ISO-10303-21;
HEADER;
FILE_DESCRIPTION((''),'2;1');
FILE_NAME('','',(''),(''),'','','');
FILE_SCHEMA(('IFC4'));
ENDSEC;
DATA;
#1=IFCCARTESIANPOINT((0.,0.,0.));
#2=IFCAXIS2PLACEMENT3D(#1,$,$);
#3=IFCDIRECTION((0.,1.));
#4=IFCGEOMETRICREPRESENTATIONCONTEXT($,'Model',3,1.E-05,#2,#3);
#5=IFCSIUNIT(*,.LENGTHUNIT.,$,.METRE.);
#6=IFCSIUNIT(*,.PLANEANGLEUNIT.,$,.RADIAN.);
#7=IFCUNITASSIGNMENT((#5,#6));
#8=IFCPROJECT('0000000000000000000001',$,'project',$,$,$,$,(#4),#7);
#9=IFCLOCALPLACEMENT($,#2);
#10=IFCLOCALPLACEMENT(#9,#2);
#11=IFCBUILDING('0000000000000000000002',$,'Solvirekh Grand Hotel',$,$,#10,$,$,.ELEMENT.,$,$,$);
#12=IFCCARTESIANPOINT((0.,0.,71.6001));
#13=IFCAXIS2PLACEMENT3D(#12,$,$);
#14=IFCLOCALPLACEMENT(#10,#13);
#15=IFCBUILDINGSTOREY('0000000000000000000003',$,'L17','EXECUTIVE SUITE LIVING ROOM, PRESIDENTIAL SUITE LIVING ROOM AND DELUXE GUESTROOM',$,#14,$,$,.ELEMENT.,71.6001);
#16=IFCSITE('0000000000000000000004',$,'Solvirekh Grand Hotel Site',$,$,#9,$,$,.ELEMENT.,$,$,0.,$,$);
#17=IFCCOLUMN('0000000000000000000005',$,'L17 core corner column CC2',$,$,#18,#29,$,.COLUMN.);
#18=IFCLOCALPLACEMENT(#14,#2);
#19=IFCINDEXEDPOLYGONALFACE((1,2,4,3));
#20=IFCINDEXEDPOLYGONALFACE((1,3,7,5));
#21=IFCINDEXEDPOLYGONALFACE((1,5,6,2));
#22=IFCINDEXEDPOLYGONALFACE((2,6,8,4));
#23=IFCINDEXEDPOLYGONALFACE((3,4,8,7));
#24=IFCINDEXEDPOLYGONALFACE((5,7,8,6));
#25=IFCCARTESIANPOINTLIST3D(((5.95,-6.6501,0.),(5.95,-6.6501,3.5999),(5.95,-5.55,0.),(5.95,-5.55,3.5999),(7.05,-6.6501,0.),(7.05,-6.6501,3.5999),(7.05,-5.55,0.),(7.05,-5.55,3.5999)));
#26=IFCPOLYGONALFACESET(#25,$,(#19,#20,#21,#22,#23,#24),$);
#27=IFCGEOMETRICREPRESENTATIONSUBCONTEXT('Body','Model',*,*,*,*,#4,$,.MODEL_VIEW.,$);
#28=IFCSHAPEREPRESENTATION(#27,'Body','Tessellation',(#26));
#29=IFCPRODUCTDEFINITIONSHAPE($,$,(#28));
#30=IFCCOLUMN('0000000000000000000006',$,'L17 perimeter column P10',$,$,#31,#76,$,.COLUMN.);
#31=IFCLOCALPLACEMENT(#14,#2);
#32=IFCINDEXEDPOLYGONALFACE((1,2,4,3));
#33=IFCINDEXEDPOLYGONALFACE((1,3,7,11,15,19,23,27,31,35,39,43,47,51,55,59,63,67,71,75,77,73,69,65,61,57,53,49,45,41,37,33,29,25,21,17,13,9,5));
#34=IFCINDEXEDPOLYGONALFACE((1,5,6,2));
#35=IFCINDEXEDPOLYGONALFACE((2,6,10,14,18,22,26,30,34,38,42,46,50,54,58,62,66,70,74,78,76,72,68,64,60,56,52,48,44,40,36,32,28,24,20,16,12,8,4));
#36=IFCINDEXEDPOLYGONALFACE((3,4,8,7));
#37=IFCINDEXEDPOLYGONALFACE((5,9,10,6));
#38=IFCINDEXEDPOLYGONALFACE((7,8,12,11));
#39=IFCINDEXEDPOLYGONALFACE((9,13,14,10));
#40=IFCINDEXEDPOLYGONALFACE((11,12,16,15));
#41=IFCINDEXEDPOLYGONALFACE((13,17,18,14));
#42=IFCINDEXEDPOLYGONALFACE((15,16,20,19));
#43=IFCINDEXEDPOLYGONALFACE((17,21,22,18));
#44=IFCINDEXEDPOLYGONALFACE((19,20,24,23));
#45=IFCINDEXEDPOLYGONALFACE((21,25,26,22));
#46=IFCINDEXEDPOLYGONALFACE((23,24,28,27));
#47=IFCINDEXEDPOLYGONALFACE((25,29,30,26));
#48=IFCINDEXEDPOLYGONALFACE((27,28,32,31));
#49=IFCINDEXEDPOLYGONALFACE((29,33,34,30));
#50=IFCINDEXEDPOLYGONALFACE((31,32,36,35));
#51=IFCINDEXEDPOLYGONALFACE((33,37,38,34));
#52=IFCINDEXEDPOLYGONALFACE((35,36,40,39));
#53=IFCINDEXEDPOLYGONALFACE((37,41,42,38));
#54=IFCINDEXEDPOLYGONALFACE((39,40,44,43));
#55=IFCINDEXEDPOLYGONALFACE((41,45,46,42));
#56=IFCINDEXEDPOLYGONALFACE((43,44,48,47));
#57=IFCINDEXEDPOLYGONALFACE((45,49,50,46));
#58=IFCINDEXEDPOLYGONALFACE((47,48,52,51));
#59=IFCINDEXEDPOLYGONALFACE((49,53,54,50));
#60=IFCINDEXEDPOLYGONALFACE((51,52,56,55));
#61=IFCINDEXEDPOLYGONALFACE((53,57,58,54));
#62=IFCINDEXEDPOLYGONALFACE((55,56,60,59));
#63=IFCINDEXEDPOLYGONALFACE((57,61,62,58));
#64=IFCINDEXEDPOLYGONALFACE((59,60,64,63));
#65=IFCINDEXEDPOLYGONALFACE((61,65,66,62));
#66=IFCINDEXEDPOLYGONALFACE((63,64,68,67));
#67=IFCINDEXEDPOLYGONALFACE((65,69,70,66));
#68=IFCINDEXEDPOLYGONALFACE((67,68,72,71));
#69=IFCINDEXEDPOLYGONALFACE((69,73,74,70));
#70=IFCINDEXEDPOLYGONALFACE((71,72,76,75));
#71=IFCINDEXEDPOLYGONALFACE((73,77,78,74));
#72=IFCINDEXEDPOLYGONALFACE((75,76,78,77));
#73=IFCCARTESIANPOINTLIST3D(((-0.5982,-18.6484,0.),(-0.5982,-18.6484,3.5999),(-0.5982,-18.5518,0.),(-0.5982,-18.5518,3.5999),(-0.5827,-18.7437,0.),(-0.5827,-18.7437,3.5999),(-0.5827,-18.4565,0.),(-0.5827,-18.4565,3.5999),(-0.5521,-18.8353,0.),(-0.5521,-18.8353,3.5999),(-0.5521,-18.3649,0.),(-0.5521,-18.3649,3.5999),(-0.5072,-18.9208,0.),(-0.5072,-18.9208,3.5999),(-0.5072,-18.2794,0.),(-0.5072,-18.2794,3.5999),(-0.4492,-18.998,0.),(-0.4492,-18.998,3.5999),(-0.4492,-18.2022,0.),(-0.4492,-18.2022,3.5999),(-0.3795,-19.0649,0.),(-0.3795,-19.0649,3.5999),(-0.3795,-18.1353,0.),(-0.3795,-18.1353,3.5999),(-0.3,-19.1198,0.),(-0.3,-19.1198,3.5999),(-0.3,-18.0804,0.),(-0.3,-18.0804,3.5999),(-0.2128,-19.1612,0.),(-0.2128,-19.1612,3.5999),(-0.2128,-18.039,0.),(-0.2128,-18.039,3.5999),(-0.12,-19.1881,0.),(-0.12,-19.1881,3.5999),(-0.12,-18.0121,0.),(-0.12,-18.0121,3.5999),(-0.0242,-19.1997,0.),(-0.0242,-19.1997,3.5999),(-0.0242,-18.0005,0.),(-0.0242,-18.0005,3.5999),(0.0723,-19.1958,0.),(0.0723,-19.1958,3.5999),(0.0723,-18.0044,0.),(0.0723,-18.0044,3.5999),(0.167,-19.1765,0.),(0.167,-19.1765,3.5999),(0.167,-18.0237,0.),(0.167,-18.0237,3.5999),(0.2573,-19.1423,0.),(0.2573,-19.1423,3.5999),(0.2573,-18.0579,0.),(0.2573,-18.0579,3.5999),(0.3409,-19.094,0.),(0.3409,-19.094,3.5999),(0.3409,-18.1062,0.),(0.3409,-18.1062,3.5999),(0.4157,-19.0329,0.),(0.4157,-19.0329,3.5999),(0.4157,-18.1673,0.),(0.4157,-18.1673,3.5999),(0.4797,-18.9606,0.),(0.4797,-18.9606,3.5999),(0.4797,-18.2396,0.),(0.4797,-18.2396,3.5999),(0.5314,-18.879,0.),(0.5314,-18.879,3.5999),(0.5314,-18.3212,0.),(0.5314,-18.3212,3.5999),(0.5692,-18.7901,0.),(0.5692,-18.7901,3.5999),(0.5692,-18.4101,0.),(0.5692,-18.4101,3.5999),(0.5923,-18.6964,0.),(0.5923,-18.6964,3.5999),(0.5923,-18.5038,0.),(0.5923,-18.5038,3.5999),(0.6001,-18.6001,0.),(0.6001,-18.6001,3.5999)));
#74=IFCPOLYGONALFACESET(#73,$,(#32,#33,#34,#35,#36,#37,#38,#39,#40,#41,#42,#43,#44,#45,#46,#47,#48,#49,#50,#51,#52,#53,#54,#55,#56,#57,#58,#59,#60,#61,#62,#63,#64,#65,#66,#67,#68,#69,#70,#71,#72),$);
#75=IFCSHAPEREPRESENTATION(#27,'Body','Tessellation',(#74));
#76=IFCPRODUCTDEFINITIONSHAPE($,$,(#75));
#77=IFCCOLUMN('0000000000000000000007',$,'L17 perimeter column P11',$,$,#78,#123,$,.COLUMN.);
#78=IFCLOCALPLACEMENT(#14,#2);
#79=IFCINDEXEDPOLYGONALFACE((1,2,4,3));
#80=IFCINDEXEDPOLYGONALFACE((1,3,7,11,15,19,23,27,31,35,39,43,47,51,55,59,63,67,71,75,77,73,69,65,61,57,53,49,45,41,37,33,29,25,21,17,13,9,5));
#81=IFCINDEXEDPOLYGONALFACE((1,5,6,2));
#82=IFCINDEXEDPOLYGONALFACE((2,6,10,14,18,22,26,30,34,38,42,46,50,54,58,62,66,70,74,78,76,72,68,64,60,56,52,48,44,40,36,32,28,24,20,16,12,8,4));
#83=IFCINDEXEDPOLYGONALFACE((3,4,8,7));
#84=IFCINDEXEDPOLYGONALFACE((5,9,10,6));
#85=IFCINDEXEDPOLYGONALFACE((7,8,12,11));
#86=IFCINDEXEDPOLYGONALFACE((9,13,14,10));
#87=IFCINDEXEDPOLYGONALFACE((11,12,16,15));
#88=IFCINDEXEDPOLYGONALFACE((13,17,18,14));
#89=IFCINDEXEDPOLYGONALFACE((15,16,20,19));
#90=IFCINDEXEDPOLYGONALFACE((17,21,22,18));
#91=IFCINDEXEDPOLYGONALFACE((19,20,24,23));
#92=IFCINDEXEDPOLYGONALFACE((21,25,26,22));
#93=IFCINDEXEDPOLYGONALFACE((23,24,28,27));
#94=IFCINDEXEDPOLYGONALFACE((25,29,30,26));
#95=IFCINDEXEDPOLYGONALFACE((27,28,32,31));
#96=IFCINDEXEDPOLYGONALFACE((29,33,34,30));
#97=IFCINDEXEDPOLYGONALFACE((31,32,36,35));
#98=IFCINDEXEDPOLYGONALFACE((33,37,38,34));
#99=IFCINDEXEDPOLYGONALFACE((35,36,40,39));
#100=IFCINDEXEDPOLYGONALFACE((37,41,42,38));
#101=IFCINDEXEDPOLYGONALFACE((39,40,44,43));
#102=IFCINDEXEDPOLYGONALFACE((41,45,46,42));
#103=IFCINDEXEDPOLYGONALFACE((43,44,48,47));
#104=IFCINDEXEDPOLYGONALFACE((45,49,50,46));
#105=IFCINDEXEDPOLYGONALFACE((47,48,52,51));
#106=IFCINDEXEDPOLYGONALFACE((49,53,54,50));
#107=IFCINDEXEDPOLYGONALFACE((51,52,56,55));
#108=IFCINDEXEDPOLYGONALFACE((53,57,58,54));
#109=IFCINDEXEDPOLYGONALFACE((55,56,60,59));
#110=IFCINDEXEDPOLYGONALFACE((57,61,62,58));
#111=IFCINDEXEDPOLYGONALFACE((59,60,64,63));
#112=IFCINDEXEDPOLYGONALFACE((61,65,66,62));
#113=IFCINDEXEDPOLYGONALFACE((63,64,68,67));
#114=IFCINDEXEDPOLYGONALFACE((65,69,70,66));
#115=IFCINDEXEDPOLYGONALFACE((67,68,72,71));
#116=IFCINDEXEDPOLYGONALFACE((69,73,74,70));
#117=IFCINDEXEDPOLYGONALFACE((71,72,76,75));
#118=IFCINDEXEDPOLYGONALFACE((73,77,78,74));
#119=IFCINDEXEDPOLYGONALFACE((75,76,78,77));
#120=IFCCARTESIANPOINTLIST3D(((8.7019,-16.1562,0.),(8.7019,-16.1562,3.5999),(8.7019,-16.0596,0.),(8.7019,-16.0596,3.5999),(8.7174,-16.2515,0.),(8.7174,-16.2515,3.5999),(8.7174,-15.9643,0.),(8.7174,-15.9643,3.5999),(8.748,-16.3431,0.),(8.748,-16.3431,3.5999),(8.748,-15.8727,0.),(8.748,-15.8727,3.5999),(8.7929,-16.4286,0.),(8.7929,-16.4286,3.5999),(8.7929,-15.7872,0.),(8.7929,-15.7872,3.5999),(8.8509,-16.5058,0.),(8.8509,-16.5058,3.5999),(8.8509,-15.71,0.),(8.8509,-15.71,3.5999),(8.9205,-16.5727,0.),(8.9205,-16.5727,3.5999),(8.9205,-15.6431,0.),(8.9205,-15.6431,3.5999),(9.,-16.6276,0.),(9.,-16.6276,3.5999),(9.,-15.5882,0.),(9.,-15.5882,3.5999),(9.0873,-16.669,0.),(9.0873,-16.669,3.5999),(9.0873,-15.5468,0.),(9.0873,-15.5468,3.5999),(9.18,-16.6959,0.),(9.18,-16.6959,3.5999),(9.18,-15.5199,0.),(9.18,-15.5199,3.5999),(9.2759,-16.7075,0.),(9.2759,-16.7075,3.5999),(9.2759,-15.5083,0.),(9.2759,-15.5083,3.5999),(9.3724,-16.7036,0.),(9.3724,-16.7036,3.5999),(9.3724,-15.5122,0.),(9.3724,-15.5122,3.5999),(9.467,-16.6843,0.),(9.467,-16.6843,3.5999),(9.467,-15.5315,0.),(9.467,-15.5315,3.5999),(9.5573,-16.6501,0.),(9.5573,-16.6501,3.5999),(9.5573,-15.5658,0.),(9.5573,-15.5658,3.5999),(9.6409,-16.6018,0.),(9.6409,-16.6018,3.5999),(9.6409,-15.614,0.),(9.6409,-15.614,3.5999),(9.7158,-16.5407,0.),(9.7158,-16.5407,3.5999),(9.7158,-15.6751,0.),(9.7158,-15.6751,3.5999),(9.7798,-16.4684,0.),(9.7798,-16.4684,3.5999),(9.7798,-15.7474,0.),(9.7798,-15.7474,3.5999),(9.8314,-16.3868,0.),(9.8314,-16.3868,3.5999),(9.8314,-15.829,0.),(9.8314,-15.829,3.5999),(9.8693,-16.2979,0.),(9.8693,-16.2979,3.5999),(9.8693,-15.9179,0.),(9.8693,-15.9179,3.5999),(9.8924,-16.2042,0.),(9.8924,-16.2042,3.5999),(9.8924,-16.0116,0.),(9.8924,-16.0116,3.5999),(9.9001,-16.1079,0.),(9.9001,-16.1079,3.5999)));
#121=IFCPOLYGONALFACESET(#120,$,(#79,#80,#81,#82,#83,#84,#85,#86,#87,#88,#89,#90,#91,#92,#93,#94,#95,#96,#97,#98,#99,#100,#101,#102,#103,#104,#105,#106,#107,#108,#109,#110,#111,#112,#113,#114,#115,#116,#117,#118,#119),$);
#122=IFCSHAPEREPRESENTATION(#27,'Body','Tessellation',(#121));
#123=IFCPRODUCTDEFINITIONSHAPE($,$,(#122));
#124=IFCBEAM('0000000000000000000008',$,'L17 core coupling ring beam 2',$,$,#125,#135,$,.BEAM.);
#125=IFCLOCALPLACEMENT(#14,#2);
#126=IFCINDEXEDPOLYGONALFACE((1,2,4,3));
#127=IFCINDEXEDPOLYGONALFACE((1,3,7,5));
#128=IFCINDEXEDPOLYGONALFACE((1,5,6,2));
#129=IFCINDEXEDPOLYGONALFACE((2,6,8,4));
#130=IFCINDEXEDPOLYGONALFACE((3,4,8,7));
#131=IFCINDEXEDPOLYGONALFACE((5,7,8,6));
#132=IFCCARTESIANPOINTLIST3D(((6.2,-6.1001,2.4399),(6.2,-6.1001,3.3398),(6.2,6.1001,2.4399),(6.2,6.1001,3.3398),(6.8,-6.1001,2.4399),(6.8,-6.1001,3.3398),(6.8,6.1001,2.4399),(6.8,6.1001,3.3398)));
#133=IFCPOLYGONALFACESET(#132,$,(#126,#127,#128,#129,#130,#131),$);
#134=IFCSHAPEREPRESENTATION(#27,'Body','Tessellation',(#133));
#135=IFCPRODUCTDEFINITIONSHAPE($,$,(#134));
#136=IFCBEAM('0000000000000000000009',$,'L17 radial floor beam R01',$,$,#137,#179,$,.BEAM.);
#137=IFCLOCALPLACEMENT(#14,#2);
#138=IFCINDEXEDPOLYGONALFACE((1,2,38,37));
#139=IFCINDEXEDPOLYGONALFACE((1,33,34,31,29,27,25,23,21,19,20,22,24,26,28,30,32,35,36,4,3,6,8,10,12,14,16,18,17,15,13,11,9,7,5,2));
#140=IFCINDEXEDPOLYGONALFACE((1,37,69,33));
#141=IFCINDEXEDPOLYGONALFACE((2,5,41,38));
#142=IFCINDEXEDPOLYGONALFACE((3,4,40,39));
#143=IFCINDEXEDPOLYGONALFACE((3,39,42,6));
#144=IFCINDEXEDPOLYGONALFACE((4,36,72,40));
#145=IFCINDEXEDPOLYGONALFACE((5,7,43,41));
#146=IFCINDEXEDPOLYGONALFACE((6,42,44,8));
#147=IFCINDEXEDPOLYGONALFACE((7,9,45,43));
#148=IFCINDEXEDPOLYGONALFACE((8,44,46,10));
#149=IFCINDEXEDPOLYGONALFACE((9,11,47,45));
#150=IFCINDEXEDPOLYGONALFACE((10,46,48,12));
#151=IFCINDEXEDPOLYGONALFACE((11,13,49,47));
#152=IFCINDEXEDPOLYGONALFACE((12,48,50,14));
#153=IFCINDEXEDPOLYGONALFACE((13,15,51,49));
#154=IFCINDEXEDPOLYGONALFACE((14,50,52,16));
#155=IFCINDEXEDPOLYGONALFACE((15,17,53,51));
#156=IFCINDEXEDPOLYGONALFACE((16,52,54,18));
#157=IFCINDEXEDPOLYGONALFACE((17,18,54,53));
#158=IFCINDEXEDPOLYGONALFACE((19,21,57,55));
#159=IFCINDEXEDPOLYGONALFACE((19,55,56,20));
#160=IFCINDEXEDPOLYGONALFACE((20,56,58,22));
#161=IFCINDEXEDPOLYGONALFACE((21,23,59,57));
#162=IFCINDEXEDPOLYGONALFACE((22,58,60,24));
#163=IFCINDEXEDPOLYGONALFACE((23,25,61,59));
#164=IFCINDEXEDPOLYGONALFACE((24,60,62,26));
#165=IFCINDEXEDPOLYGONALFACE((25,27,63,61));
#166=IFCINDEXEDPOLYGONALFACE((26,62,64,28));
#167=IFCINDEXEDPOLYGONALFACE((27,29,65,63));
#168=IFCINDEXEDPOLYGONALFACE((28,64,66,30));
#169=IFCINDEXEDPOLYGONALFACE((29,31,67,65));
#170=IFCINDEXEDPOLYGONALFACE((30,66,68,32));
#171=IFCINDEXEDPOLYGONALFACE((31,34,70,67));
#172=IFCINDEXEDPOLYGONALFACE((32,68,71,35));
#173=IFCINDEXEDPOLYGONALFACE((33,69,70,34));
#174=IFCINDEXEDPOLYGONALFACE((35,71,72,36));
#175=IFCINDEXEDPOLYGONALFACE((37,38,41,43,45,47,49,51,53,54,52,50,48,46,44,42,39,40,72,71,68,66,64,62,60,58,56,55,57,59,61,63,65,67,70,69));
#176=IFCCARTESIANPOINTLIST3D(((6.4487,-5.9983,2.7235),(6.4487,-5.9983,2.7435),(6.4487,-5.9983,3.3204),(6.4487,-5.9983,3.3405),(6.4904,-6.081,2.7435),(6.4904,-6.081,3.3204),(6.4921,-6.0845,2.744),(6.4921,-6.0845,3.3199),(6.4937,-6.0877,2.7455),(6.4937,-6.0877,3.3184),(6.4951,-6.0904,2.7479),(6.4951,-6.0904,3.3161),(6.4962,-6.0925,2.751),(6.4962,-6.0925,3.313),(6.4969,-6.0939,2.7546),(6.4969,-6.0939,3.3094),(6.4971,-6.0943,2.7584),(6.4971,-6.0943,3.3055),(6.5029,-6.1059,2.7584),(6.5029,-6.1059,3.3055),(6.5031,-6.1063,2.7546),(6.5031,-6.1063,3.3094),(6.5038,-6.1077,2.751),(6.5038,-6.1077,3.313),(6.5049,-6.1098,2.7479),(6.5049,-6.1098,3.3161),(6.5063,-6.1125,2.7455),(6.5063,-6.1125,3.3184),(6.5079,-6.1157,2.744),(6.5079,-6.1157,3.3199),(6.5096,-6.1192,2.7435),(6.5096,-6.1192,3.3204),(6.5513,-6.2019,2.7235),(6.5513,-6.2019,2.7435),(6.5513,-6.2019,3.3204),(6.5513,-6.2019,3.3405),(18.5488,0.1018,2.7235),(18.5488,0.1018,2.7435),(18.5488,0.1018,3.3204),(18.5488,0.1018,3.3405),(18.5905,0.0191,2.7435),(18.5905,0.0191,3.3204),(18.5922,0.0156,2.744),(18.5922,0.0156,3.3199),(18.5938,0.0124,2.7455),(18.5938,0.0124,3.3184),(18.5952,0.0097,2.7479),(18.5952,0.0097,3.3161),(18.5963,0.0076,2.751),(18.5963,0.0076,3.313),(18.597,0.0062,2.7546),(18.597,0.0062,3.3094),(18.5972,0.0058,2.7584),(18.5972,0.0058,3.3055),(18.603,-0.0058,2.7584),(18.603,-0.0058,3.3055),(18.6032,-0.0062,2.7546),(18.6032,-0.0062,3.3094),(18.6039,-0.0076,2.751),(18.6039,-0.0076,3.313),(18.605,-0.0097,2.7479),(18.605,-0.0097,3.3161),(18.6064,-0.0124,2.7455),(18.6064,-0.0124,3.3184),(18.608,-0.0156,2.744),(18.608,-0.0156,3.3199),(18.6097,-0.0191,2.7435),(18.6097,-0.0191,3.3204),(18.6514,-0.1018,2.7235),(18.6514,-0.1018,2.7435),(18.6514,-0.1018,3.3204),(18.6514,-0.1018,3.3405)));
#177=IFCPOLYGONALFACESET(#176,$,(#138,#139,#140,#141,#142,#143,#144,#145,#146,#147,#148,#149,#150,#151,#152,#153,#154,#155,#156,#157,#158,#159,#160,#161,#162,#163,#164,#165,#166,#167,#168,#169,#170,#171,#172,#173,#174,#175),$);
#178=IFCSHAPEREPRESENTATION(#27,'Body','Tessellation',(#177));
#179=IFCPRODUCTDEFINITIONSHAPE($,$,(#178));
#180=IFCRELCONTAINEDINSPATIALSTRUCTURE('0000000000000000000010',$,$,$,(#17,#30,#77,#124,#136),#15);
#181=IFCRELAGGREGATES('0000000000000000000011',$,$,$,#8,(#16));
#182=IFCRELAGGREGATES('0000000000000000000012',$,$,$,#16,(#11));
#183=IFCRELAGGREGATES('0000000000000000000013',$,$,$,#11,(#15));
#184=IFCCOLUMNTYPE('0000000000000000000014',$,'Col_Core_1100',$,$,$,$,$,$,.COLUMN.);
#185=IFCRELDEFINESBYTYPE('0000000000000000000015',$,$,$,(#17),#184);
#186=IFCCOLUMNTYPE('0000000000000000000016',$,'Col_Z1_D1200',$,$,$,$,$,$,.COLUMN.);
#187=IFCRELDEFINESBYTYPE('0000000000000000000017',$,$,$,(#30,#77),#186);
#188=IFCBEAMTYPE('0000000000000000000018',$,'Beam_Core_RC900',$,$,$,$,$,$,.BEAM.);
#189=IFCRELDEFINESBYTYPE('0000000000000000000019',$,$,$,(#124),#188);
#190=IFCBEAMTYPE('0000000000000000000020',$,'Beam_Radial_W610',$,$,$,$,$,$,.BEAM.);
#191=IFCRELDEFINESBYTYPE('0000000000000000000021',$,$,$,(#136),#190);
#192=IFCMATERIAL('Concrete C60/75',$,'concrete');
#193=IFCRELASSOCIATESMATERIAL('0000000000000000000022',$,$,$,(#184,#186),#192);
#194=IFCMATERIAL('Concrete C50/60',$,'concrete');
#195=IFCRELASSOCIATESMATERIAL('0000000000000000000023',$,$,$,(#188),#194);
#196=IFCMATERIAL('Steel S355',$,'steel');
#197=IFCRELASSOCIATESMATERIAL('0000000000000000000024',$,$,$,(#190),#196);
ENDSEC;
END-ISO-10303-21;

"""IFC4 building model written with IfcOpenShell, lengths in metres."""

from ifc_helpers import new_model, si_unit, direction, frame, origin, origin_2d, place, context, subcontext, project, spatial, rectangle, circle, i_section, extrude, material, material_profile, profile_set, type_object, element, save


model = new_model("IFC4")

# Units and contexts
model_context = context("Model", 3, precision=1e-05, world=origin(), true_north=direction((0.0, 1.0)))
body_context = subcontext(model_context, "Body", "Model", "MODEL_VIEW")
ifc_project = project(units=[si_unit("LENGTHUNIT", "METRE"), si_unit("PLANEANGLEUNIT", "RADIAN")], contexts=[model_context])

# Site, building, storey
site_placement = place(None, origin())
site = spatial("IfcSite", under=ifc_project, at=site_placement, Name="Solvirekh Grand Hotel Site", CompositionType="ELEMENT", RefElevation=0.0)
building_placement = place(site_placement, origin())
building = spatial("IfcBuilding", under=site, at=building_placement, Name="Solvirekh Grand Hotel", CompositionType="ELEMENT")
storey_placement = place(building_placement, frame((0.0, 0.0, 71.6001)))
storey = spatial("IfcBuildingStorey", under=building, at=storey_placement, Name="L17", Description="EXECUTIVE SUITE LIVING ROOM, PRESIDENTIAL SUITE LIVING ROOM AND DELUXE GUESTROOM", CompositionType="ELEMENT", Elevation=71.6001)

# Columns
ifc_material_1 = material(Name="Concrete C60/75", Category="concrete")
ifc_material_profile_1 = material_profile(ifc_material_1, rectangle(XDim=1.1001, YDim=1.1001, at=origin_2d()), Name="RC 1100X1100")
ifc_profile_set_1 = profile_set([ifc_material_profile_1], Name="Concrete C60/75")
column_type_1 = type_object("IfcColumnType", Name="Col_Core_1100", PredefinedType="COLUMN", material=ifc_profile_set_1)
column_placement = place(storey_placement, frame((6.5, -6.1001, 0.0), z_axis=(0.0, 0.0, 1.0), x_axis=(1.0, 0.0, 0.0)))
element("IfcColumn", 1, at=column_placement, inside=storey, type_object=column_type_1, Name="L17 core corner column CC2", PredefinedType="COLUMN", context=body_context, shape_type="SweptSolid", body=[
    extrude(rectangle(XDim=1.1001, YDim=1.1001, at=origin_2d()), origin(), (0.0, 0.0, 1.0), 3.5999),
])
ifc_material_profile_2 = material_profile(ifc_material_1, circle(Radius=0.6001, at=origin_2d()), Name="RC CIRC D1200")
ifc_profile_set_2 = profile_set([ifc_material_profile_2], Name="Concrete C60/75")
column_type_2 = type_object("IfcColumnType", Name="Col_Z1_D1200", PredefinedType="COLUMN", material=ifc_profile_set_2)
for number, where, z_axis, x_axis, name in (
    (2, (0.0, -18.6001, 0.0), (0.0, 0.0, 1.0), (1.0, 0.0, 0.0), "L17 perimeter column P10"),
    (3, (9.3, -16.1079, 0.0), (0.0, 0.0, 1.0), (1.0, 0.0, 0.0), "L17 perimeter column P11"),
):
    element("IfcColumn", number, at=place(storey_placement, frame(where, z_axis=z_axis, x_axis=x_axis)), inside=storey, type_object=column_type_2, Name=name, PredefinedType="COLUMN", context=body_context, shape_type="SweptSolid", body=[
        extrude(circle(Radius=0.6001, at=origin_2d()), origin(), (0.0, 0.0, 1.0), 3.5999),
    ])

# Beams
ifc_material_2 = material(Name="Concrete C50/60", Category="concrete")
ifc_material_profile_3 = material_profile(ifc_material_2, rectangle(XDim=0.6001, YDim=0.8999, at=origin_2d()), Name="RC BEAM 600X900")
ifc_profile_set_3 = profile_set([ifc_material_profile_3], Name="Concrete C50/60")
beam_type_1 = type_object("IfcBeamType", Name="Beam_Core_RC900", PredefinedType="BEAM", material=ifc_profile_set_3)
beam_1_placement = place(storey_placement, frame((6.5, -6.1001, 2.8899), z_axis=(0.0, 1.0, 0.0), x_axis=(-1.0, 0.0, 0.0)))
element("IfcBeam", 4, at=beam_1_placement, inside=storey, type_object=beam_type_1, Name="L17 core coupling ring beam 2", PredefinedType="BEAM", context=body_context, shape_type="SweptSolid", body=[
    extrude(rectangle(XDim=0.6001, YDim=0.8999, at=origin_2d()), origin(), (0.0, 0.0, 1.0), 12.2002),
])
ifc_material_3 = material(Name="Steel S355", Category="steel")
ifc_material_profile_4 = material_profile(ifc_material_3, i_section(OverallWidth=0.228, OverallDepth=0.6169, WebThickness=0.0129, FlangeThickness=0.02, FilletRadius=0.0149, at=origin_2d()), Name="W610X140")
ifc_profile_set_4 = profile_set([ifc_material_profile_4], Name="Steel S355")
beam_type_2 = type_object("IfcBeamType", Name="Beam_Radial_W610", PredefinedType="BEAM", material=ifc_profile_set_4)
beam_2_placement = place(storey_placement, frame((6.5, -6.1001, 3.032), z_axis=(0.892945, 0.450166, 0.0), x_axis=(-0.450166, 0.892945, 0.0)))
element("IfcBeam", 5, at=beam_2_placement, inside=storey, type_object=beam_type_2, Name="L17 radial floor beam R01", PredefinedType="BEAM", context=body_context, shape_type="SweptSolid", body=[
    extrude(i_section(OverallWidth=0.228, OverallDepth=0.6169, WebThickness=0.0129, FlangeThickness=0.02, FilletRadius=0.0149, at=origin_2d()), origin(), (0.0, 0.0, 1.0), 13.5508),
])

save(model, "model.ifc")
